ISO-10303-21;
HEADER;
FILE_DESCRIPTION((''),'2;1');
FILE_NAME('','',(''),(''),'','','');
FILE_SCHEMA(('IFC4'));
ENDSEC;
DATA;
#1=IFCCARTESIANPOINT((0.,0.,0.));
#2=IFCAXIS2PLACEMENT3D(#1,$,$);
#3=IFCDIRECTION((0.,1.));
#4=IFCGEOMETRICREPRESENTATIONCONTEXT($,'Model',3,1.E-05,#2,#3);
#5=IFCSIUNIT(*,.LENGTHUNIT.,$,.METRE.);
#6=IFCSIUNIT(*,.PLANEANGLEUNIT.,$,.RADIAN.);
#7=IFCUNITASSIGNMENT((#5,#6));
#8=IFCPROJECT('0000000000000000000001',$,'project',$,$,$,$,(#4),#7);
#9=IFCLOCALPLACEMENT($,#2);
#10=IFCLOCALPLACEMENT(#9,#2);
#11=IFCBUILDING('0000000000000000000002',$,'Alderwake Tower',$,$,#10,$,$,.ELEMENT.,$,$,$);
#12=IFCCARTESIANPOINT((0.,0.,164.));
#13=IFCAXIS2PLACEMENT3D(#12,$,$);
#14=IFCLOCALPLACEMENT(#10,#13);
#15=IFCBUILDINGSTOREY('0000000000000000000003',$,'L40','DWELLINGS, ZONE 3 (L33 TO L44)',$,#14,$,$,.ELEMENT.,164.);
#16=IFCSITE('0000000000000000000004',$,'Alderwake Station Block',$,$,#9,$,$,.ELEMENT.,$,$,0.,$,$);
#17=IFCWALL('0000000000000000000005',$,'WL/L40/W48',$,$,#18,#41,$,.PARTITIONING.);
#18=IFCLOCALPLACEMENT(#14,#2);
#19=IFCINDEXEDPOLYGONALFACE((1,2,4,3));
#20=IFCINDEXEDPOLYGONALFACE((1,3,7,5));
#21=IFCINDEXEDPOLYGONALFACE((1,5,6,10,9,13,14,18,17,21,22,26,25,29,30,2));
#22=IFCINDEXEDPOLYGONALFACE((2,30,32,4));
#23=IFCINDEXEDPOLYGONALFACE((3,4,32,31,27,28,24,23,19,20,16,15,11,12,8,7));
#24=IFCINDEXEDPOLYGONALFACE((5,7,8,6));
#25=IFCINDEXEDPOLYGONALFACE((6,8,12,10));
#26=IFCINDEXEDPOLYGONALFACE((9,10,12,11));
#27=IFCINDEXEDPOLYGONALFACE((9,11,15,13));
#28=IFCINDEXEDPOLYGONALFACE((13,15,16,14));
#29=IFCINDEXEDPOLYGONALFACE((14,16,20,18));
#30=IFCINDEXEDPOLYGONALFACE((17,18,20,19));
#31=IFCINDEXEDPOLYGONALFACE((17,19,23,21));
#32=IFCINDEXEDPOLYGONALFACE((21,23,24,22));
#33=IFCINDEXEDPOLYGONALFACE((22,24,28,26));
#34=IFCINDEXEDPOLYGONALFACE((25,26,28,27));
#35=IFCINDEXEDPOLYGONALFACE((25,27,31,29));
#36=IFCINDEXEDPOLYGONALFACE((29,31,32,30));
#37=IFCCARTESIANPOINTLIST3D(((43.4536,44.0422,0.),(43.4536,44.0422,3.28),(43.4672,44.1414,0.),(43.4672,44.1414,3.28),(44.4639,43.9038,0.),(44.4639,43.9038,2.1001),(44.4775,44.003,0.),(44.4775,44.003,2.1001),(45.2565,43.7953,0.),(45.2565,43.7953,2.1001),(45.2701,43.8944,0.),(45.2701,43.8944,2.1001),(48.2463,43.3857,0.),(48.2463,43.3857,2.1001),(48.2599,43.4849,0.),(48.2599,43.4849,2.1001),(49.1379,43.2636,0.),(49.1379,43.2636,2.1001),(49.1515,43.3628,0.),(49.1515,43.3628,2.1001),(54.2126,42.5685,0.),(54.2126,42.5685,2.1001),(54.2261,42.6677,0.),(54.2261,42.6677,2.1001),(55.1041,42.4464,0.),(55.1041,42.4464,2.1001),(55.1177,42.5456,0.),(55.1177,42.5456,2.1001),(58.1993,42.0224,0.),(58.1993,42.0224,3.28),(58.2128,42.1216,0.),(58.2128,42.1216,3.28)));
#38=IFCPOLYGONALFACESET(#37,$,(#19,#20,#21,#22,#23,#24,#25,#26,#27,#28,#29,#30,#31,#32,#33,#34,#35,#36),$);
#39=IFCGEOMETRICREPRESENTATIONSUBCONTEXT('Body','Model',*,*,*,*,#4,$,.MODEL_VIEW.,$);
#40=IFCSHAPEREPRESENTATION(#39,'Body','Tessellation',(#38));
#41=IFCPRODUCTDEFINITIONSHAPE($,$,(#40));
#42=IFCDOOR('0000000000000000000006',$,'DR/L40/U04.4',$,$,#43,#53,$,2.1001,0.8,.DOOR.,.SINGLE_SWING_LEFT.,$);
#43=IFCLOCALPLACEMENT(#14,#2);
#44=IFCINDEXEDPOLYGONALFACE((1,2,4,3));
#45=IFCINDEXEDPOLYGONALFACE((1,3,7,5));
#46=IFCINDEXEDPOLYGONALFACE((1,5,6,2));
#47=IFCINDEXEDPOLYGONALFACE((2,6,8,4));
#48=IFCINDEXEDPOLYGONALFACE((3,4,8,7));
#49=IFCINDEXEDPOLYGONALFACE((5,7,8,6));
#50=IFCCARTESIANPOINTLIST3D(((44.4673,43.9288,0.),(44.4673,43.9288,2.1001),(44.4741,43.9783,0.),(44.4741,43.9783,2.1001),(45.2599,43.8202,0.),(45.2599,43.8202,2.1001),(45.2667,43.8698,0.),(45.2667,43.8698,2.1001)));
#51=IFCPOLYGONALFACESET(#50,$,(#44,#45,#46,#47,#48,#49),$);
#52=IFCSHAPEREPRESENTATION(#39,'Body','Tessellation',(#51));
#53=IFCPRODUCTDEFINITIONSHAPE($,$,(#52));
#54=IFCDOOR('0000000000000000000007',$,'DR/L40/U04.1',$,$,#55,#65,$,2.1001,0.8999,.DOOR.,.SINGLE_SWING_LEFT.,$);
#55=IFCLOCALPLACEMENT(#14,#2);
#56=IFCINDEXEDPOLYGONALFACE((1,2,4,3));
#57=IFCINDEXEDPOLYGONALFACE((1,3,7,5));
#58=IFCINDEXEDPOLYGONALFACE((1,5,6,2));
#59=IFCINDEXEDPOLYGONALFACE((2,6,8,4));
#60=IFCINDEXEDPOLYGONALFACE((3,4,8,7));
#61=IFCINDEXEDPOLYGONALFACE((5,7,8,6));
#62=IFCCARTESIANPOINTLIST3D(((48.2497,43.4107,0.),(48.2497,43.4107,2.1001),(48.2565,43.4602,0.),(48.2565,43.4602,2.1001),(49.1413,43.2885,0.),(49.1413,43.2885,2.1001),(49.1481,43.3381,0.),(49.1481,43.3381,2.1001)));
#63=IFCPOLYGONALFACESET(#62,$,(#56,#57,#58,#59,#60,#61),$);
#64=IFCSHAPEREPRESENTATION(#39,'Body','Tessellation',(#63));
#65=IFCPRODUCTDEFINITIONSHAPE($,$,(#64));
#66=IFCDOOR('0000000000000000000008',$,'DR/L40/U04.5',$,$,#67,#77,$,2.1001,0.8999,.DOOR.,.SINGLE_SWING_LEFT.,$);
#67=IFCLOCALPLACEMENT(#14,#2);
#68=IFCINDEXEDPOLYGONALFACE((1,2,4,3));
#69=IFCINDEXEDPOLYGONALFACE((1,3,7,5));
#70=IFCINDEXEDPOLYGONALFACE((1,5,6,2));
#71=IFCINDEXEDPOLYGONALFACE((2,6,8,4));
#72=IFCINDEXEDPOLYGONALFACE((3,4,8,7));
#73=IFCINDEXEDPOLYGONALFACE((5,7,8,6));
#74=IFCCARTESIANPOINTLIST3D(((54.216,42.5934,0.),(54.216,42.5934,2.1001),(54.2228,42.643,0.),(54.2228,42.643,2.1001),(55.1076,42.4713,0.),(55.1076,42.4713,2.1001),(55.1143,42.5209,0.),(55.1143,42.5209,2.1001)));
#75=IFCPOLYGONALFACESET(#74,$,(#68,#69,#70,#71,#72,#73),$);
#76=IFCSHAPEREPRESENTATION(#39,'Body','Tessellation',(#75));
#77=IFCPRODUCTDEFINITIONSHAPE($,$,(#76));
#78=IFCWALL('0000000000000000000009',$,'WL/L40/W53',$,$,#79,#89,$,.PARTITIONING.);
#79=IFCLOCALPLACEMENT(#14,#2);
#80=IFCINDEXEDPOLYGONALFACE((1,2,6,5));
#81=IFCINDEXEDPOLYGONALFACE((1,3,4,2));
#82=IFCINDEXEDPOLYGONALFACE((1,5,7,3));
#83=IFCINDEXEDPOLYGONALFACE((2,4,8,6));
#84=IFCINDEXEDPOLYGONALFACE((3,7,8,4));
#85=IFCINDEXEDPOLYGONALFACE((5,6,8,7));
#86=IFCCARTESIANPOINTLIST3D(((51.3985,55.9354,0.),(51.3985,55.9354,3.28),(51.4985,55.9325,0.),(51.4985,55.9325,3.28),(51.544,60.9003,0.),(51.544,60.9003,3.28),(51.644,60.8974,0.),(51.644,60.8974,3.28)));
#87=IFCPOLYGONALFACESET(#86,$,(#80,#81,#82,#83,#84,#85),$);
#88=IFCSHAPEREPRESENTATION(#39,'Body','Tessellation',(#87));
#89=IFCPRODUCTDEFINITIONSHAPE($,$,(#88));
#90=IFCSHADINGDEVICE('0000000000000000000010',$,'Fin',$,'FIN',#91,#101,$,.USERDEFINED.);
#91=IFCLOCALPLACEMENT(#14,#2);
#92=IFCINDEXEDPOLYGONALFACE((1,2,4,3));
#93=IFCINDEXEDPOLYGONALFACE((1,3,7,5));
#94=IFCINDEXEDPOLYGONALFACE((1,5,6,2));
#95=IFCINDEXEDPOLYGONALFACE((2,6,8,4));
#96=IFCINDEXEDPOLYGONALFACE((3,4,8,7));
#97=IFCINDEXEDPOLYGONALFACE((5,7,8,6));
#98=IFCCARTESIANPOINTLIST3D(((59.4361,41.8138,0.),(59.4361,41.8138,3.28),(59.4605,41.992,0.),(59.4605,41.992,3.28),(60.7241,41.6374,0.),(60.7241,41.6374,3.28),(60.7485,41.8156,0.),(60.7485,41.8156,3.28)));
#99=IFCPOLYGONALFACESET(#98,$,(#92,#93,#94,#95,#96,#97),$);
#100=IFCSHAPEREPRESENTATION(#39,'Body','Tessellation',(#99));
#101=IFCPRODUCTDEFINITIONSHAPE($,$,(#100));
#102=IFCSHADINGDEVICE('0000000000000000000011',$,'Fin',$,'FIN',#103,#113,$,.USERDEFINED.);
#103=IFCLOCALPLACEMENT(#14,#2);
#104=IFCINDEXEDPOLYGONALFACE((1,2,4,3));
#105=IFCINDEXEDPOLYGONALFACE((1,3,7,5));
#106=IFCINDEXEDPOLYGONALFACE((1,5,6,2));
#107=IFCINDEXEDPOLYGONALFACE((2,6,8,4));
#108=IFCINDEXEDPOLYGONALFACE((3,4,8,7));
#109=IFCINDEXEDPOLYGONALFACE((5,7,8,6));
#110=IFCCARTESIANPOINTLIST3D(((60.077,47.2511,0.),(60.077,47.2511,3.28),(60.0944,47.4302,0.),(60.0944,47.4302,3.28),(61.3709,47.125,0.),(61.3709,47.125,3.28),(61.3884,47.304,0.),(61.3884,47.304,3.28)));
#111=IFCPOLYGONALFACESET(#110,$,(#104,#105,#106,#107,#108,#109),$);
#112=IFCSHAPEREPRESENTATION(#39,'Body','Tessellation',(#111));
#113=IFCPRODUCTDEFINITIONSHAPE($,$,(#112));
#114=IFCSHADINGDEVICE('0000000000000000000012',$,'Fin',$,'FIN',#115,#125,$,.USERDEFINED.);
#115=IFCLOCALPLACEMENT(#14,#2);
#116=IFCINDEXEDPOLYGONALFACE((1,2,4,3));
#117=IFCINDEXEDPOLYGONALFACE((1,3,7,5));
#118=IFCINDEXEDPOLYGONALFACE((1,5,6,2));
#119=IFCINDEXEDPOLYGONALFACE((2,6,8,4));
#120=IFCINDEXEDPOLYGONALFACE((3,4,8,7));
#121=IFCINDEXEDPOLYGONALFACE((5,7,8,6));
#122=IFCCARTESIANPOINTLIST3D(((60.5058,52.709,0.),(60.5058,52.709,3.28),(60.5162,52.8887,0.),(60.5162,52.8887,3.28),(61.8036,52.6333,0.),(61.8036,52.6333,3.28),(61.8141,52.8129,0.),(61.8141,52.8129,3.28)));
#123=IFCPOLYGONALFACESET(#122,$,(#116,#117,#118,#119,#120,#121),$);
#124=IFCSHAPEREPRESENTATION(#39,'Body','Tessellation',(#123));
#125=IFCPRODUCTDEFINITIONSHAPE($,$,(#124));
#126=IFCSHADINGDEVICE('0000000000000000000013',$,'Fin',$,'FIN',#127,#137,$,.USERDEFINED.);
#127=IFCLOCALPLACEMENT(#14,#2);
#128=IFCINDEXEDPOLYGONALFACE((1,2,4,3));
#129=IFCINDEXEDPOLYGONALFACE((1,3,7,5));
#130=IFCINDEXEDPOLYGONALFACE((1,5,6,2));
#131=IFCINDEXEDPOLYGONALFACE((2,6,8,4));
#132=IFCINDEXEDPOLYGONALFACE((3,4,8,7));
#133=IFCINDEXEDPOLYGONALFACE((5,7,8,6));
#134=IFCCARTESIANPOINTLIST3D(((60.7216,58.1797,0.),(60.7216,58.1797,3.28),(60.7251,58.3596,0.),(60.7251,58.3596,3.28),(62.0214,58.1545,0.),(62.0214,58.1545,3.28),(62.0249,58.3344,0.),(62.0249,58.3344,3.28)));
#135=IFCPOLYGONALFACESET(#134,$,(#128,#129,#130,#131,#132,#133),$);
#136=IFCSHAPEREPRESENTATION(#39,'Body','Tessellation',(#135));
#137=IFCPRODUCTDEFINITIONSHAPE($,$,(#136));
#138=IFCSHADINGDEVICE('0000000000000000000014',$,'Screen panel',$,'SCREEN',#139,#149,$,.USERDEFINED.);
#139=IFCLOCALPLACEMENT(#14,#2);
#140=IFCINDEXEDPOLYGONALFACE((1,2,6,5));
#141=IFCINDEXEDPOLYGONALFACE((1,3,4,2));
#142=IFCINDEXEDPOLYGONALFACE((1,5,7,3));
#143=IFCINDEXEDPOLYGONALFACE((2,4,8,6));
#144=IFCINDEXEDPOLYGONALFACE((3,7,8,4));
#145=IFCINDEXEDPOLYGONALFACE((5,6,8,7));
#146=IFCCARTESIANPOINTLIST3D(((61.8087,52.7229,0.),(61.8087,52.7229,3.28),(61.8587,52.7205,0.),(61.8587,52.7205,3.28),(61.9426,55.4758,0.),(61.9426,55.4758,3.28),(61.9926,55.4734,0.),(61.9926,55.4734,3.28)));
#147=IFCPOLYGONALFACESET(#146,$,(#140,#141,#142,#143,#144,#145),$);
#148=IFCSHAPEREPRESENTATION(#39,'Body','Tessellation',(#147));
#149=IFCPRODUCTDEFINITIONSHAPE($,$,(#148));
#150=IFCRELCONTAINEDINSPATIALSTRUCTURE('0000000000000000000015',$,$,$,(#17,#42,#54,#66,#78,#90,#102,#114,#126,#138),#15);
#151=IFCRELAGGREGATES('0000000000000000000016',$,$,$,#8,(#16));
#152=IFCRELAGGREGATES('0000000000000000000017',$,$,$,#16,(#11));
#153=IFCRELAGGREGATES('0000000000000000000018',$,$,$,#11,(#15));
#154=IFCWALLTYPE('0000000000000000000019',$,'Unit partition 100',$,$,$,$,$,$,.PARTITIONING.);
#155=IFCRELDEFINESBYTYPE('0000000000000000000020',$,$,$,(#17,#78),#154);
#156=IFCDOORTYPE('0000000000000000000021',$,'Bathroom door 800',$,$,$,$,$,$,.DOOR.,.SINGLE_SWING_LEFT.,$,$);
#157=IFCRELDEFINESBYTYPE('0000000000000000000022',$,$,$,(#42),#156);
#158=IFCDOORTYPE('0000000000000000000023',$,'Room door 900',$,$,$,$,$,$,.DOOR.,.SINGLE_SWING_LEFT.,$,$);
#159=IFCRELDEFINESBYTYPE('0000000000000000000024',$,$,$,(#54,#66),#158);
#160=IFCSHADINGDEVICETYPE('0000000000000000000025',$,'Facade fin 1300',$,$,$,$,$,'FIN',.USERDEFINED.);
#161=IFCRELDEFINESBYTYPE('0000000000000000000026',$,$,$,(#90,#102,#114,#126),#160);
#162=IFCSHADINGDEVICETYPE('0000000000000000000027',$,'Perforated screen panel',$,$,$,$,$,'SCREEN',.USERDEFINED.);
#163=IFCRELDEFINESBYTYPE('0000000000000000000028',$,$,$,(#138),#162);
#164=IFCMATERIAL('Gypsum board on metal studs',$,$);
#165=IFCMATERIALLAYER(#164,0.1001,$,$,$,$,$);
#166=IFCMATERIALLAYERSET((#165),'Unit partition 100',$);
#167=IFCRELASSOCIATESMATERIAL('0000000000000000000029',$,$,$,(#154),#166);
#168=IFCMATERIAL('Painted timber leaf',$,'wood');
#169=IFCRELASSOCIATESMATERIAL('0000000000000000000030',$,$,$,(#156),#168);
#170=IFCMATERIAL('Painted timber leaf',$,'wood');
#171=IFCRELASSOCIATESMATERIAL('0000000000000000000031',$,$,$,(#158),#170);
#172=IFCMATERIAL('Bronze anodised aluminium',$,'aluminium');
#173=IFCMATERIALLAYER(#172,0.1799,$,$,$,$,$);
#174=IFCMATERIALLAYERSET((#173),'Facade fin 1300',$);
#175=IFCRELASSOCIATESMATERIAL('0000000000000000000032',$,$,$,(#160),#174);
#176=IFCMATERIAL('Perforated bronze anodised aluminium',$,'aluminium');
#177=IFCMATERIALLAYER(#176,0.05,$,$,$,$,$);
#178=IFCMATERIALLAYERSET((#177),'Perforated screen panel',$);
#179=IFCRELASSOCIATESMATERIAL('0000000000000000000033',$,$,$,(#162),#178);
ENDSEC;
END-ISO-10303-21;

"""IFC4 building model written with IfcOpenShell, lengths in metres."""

from ifc_helpers import new_model, si_unit, direction, frame, frame_2d, origin, origin_2d, place, context, subcontext, project, spatial, rectangle, extrude, material, layer, layer_set, type_object, element, fill, save


model = new_model("IFC4")

# Units and contexts
model_context = context("Model", 3, precision=1e-05, world=origin(), true_north=direction((0.0, 1.0)))
body_context = subcontext(model_context, "Body", "Model", "MODEL_VIEW")
ifc_project = project(units=[si_unit("LENGTHUNIT", "METRE"), si_unit("PLANEANGLEUNIT", "RADIAN")], contexts=[model_context])

# Site, building, storey
site_placement = place(None, origin())
site = spatial("IfcSite", under=ifc_project, at=site_placement, Name="Alderwake Station Block", CompositionType="ELEMENT", RefElevation=0.0)
building_placement = place(site_placement, origin())
building = spatial("IfcBuilding", under=site, at=building_placement, Name="Alderwake Tower", CompositionType="ELEMENT")
storey_placement = place(building_placement, frame((0.0, 0.0, 164.0)))
storey = spatial("IfcBuildingStorey", under=building, at=storey_placement, Name="L40", Description="DWELLINGS, ZONE 3 (L33 TO L44)", CompositionType="ELEMENT", Elevation=164.0)

# Wall, openings, doors
ifc_material_1 = material(Name="Gypsum board on metal studs")
ifc_layer_1 = layer(ifc_material_1, 0.1001)
ifc_layer_set_1 = layer_set([ifc_layer_1], Name="Unit partition 100")
wall_type_1 = type_object("IfcWallType", Name="Unit partition 100", PredefinedType="PARTITIONING", material=ifc_layer_set_1)
ifc_material_2 = material(Name="Painted timber leaf", Category="wood")
door_type_1 = type_object("IfcDoorType", Name="Bathroom door 800", OperationType="SINGLE_SWING_LEFT", PredefinedType="DOOR", material=ifc_material_2)
ifc_material_3 = material(Name="Painted timber leaf", Category="wood")
door_type_2 = type_object("IfcDoorType", Name="Room door 900", OperationType="SINGLE_SWING_LEFT", PredefinedType="DOOR", material=ifc_material_3)
wall_1_placement = place(storey_placement, frame((58.2061, 42.072, 0.0), z_axis=(0.0, 0.0, 1.0), x_axis=(-0.990749, 0.135708, 0.0)))
wall_1 = element("IfcWall", 1, at=wall_1_placement, inside=storey, type_object=wall_type_1, Name="WL/L40/W48", PredefinedType="PARTITIONING", context=body_context, shape_type="SweptSolid", body=[
    extrude(rectangle(XDim=14.8833, YDim=0.1001, at=frame_2d((7.4417, 0.0))), origin(), (0.0, 0.0, 1.0), 3.28),
])
opening_1_placement = place(wall_1_placement, frame((9.146, 0.0, 0.0)))
opening_1 = element("IfcOpeningElement", 2, at=opening_1_placement, cuts=wall_1, PredefinedType="OPENING", context=body_context, shape_type="SweptSolid", body=[
    extrude(rectangle(XDim=0.8999, YDim=2.1001, at=frame_2d((0.45, 1.05))), frame((0.0, 0.0601, 0.0), z_axis=(0.0, -1.0, 0.0), x_axis=(1.0, 0.0, 0.0)), (0.0, 0.0, 1.0), 0.1201),
])
opening_2_placement = place(wall_1_placement, frame((13.0637, 0.0, 0.0)))
opening_2 = element("IfcOpeningElement", 3, at=opening_2_placement, cuts=wall_1, PredefinedType="OPENING", context=body_context, shape_type="SweptSolid", body=[
    extrude(rectangle(XDim=0.8, YDim=2.1001, at=frame_2d((0.3999, 1.05))), frame((0.0, 0.0601, 0.0), z_axis=(0.0, -1.0, 0.0), x_axis=(1.0, 0.0, 0.0)), (0.0, 0.0, 1.0), 0.1201),
])
opening_3_placement = place(wall_1_placement, frame((3.124, 0.0, 0.0)))
opening_3 = element("IfcOpeningElement", 4, at=opening_3_placement, cuts=wall_1, PredefinedType="OPENING", context=body_context, shape_type="SweptSolid", body=[
    extrude(rectangle(XDim=0.8999, YDim=2.1001, at=frame_2d((0.45, 1.05))), frame((0.0, 0.0601, 0.0), z_axis=(0.0, -1.0, 0.0), x_axis=(1.0, 0.0, 0.0)), (0.0, 0.0, 1.0), 0.1201),
])
door_1_placement = place(opening_2_placement, origin())
door_1 = element("IfcDoor", 5, at=door_1_placement, inside=storey, type_object=door_type_1, Name="DR/L40/U04.4", OperationType="SINGLE_SWING_LEFT", OverallHeight=2.1001, OverallWidth=0.8, PredefinedType="DOOR", context=body_context, shape_type="SweptSolid", body=[
    extrude(rectangle(XDim=0.8, YDim=2.1001, at=frame_2d((0.3999, 1.05))), frame((0.0, 0.0249, 0.0), z_axis=(0.0, -1.0, 0.0), x_axis=(1.0, 0.0, 0.0)), (0.0, 0.0, 1.0), 0.05),
])
fill(opening_2, door_1)
door_2_placement = place(opening_1_placement, origin())
door_2 = element("IfcDoor", 6, at=door_2_placement, inside=storey, type_object=door_type_2, Name="DR/L40/U04.1", OperationType="SINGLE_SWING_LEFT", OverallHeight=2.1001, OverallWidth=0.8999, PredefinedType="DOOR", context=body_context, shape_type="SweptSolid", body=[
    extrude(rectangle(XDim=0.8999, YDim=2.1001, at=frame_2d((0.45, 1.05))), frame((0.0, 0.0249, 0.0), z_axis=(0.0, -1.0, 0.0), x_axis=(1.0, 0.0, 0.0)), (0.0, 0.0, 1.0), 0.05),
])
fill(opening_1, door_2)
door_3_placement = place(opening_3_placement, origin())
door_3 = element("IfcDoor", 7, at=door_3_placement, inside=storey, type_object=door_type_2, Name="DR/L40/U04.5", OperationType="SINGLE_SWING_LEFT", OverallHeight=2.1001, OverallWidth=0.8999, PredefinedType="DOOR", context=body_context, shape_type="SweptSolid", body=[
    extrude(rectangle(XDim=0.8999, YDim=2.1001, at=frame_2d((0.45, 1.05))), frame((0.0, 0.0249, 0.0), z_axis=(0.0, -1.0, 0.0), x_axis=(1.0, 0.0, 0.0)), (0.0, 0.0, 1.0), 0.05),
])
fill(opening_3, door_3)

# Wall
wall_2_placement = place(storey_placement, frame((51.4485, 55.9341, 0.0), z_axis=(0.0, 0.0, 1.0), x_axis=(0.029295, 0.999571, 0.0)))
element("IfcWall", 8, at=wall_2_placement, inside=storey, type_object=wall_type_1, Name="WL/L40/W53", PredefinedType="PARTITIONING", context=body_context, shape_type="SweptSolid", body=[
    extrude(rectangle(XDim=4.967, YDim=0.1001, at=frame_2d((2.4834, 0.0))), origin(), (0.0, 0.0, 1.0), 3.28),
])

# Shading devices
ifc_material_4 = material(Name="Bronze anodised aluminium", Category="aluminium")
ifc_layer_2 = layer(ifc_material_4, 0.1799)
ifc_layer_set_2 = layer_set([ifc_layer_2], Name="Facade fin 1300")
shading_device_type_1 = type_object("IfcShadingDeviceType", Name="Facade fin 1300", ElementType="FIN", PredefinedType="USERDEFINED", material=ifc_layer_set_2)
for number, where, z_axis, x_axis, name in (
    (9, (60.0923, 41.8147, 0.0), (0.0, 0.0, 1.0), (0.990753, -0.135681, 0.0), "Fin"),
    (10, (60.7327, 47.2776, 0.0), (0.0, 0.0, 1.0), (0.99528, -0.097046, 0.0), "Fin"),
    (11, (61.1599, 52.761, 0.0), (0.0, 0.0, 1.0), (0.998301, -0.058266, 0.0), "Fin"),
    (12, (61.3733, 58.2571, 0.0), (0.0, 0.0, 1.0), (0.999812, -0.019398, 0.0), "Fin"),
):
    element("IfcShadingDevice", number, at=place(storey_placement, frame(where, z_axis=z_axis, x_axis=x_axis)), inside=storey, type_object=shading_device_type_1, Name=name, ObjectType="FIN", PredefinedType="USERDEFINED", context=body_context, shape_type="SweptSolid", body=[
        extrude(rectangle(XDim=1.3, YDim=0.1799, at=origin_2d()), origin(), (0.0, 0.0, 1.0), 3.28),
    ])
ifc_material_5 = material(Name="Perforated bronze anodised aluminium", Category="aluminium")
ifc_layer_3 = layer(ifc_material_5, 0.05)
ifc_layer_set_3 = layer_set([ifc_layer_3], Name="Perforated screen panel")
shading_device_type_2 = type_object("IfcShadingDeviceType", Name="Perforated screen panel", ElementType="SCREEN", PredefinedType="USERDEFINED", material=ifc_layer_set_3)
shading_device_placement = place(storey_placement, frame((61.9006, 54.0981, 0.0), z_axis=(0.0, 0.0, 1.0), x_axis=(0.998819, -0.048581, 0.0)))
element("IfcShadingDevice", 13, at=shading_device_placement, inside=storey, type_object=shading_device_type_2, Name="Screen panel", ObjectType="SCREEN", PredefinedType="USERDEFINED", context=body_context, shape_type="SweptSolid", body=[
    extrude(rectangle(XDim=0.05, YDim=2.7561, at=origin_2d()), origin(), (0.0, 0.0, 1.0), 3.28),
])

save(model, "model.ifc")
